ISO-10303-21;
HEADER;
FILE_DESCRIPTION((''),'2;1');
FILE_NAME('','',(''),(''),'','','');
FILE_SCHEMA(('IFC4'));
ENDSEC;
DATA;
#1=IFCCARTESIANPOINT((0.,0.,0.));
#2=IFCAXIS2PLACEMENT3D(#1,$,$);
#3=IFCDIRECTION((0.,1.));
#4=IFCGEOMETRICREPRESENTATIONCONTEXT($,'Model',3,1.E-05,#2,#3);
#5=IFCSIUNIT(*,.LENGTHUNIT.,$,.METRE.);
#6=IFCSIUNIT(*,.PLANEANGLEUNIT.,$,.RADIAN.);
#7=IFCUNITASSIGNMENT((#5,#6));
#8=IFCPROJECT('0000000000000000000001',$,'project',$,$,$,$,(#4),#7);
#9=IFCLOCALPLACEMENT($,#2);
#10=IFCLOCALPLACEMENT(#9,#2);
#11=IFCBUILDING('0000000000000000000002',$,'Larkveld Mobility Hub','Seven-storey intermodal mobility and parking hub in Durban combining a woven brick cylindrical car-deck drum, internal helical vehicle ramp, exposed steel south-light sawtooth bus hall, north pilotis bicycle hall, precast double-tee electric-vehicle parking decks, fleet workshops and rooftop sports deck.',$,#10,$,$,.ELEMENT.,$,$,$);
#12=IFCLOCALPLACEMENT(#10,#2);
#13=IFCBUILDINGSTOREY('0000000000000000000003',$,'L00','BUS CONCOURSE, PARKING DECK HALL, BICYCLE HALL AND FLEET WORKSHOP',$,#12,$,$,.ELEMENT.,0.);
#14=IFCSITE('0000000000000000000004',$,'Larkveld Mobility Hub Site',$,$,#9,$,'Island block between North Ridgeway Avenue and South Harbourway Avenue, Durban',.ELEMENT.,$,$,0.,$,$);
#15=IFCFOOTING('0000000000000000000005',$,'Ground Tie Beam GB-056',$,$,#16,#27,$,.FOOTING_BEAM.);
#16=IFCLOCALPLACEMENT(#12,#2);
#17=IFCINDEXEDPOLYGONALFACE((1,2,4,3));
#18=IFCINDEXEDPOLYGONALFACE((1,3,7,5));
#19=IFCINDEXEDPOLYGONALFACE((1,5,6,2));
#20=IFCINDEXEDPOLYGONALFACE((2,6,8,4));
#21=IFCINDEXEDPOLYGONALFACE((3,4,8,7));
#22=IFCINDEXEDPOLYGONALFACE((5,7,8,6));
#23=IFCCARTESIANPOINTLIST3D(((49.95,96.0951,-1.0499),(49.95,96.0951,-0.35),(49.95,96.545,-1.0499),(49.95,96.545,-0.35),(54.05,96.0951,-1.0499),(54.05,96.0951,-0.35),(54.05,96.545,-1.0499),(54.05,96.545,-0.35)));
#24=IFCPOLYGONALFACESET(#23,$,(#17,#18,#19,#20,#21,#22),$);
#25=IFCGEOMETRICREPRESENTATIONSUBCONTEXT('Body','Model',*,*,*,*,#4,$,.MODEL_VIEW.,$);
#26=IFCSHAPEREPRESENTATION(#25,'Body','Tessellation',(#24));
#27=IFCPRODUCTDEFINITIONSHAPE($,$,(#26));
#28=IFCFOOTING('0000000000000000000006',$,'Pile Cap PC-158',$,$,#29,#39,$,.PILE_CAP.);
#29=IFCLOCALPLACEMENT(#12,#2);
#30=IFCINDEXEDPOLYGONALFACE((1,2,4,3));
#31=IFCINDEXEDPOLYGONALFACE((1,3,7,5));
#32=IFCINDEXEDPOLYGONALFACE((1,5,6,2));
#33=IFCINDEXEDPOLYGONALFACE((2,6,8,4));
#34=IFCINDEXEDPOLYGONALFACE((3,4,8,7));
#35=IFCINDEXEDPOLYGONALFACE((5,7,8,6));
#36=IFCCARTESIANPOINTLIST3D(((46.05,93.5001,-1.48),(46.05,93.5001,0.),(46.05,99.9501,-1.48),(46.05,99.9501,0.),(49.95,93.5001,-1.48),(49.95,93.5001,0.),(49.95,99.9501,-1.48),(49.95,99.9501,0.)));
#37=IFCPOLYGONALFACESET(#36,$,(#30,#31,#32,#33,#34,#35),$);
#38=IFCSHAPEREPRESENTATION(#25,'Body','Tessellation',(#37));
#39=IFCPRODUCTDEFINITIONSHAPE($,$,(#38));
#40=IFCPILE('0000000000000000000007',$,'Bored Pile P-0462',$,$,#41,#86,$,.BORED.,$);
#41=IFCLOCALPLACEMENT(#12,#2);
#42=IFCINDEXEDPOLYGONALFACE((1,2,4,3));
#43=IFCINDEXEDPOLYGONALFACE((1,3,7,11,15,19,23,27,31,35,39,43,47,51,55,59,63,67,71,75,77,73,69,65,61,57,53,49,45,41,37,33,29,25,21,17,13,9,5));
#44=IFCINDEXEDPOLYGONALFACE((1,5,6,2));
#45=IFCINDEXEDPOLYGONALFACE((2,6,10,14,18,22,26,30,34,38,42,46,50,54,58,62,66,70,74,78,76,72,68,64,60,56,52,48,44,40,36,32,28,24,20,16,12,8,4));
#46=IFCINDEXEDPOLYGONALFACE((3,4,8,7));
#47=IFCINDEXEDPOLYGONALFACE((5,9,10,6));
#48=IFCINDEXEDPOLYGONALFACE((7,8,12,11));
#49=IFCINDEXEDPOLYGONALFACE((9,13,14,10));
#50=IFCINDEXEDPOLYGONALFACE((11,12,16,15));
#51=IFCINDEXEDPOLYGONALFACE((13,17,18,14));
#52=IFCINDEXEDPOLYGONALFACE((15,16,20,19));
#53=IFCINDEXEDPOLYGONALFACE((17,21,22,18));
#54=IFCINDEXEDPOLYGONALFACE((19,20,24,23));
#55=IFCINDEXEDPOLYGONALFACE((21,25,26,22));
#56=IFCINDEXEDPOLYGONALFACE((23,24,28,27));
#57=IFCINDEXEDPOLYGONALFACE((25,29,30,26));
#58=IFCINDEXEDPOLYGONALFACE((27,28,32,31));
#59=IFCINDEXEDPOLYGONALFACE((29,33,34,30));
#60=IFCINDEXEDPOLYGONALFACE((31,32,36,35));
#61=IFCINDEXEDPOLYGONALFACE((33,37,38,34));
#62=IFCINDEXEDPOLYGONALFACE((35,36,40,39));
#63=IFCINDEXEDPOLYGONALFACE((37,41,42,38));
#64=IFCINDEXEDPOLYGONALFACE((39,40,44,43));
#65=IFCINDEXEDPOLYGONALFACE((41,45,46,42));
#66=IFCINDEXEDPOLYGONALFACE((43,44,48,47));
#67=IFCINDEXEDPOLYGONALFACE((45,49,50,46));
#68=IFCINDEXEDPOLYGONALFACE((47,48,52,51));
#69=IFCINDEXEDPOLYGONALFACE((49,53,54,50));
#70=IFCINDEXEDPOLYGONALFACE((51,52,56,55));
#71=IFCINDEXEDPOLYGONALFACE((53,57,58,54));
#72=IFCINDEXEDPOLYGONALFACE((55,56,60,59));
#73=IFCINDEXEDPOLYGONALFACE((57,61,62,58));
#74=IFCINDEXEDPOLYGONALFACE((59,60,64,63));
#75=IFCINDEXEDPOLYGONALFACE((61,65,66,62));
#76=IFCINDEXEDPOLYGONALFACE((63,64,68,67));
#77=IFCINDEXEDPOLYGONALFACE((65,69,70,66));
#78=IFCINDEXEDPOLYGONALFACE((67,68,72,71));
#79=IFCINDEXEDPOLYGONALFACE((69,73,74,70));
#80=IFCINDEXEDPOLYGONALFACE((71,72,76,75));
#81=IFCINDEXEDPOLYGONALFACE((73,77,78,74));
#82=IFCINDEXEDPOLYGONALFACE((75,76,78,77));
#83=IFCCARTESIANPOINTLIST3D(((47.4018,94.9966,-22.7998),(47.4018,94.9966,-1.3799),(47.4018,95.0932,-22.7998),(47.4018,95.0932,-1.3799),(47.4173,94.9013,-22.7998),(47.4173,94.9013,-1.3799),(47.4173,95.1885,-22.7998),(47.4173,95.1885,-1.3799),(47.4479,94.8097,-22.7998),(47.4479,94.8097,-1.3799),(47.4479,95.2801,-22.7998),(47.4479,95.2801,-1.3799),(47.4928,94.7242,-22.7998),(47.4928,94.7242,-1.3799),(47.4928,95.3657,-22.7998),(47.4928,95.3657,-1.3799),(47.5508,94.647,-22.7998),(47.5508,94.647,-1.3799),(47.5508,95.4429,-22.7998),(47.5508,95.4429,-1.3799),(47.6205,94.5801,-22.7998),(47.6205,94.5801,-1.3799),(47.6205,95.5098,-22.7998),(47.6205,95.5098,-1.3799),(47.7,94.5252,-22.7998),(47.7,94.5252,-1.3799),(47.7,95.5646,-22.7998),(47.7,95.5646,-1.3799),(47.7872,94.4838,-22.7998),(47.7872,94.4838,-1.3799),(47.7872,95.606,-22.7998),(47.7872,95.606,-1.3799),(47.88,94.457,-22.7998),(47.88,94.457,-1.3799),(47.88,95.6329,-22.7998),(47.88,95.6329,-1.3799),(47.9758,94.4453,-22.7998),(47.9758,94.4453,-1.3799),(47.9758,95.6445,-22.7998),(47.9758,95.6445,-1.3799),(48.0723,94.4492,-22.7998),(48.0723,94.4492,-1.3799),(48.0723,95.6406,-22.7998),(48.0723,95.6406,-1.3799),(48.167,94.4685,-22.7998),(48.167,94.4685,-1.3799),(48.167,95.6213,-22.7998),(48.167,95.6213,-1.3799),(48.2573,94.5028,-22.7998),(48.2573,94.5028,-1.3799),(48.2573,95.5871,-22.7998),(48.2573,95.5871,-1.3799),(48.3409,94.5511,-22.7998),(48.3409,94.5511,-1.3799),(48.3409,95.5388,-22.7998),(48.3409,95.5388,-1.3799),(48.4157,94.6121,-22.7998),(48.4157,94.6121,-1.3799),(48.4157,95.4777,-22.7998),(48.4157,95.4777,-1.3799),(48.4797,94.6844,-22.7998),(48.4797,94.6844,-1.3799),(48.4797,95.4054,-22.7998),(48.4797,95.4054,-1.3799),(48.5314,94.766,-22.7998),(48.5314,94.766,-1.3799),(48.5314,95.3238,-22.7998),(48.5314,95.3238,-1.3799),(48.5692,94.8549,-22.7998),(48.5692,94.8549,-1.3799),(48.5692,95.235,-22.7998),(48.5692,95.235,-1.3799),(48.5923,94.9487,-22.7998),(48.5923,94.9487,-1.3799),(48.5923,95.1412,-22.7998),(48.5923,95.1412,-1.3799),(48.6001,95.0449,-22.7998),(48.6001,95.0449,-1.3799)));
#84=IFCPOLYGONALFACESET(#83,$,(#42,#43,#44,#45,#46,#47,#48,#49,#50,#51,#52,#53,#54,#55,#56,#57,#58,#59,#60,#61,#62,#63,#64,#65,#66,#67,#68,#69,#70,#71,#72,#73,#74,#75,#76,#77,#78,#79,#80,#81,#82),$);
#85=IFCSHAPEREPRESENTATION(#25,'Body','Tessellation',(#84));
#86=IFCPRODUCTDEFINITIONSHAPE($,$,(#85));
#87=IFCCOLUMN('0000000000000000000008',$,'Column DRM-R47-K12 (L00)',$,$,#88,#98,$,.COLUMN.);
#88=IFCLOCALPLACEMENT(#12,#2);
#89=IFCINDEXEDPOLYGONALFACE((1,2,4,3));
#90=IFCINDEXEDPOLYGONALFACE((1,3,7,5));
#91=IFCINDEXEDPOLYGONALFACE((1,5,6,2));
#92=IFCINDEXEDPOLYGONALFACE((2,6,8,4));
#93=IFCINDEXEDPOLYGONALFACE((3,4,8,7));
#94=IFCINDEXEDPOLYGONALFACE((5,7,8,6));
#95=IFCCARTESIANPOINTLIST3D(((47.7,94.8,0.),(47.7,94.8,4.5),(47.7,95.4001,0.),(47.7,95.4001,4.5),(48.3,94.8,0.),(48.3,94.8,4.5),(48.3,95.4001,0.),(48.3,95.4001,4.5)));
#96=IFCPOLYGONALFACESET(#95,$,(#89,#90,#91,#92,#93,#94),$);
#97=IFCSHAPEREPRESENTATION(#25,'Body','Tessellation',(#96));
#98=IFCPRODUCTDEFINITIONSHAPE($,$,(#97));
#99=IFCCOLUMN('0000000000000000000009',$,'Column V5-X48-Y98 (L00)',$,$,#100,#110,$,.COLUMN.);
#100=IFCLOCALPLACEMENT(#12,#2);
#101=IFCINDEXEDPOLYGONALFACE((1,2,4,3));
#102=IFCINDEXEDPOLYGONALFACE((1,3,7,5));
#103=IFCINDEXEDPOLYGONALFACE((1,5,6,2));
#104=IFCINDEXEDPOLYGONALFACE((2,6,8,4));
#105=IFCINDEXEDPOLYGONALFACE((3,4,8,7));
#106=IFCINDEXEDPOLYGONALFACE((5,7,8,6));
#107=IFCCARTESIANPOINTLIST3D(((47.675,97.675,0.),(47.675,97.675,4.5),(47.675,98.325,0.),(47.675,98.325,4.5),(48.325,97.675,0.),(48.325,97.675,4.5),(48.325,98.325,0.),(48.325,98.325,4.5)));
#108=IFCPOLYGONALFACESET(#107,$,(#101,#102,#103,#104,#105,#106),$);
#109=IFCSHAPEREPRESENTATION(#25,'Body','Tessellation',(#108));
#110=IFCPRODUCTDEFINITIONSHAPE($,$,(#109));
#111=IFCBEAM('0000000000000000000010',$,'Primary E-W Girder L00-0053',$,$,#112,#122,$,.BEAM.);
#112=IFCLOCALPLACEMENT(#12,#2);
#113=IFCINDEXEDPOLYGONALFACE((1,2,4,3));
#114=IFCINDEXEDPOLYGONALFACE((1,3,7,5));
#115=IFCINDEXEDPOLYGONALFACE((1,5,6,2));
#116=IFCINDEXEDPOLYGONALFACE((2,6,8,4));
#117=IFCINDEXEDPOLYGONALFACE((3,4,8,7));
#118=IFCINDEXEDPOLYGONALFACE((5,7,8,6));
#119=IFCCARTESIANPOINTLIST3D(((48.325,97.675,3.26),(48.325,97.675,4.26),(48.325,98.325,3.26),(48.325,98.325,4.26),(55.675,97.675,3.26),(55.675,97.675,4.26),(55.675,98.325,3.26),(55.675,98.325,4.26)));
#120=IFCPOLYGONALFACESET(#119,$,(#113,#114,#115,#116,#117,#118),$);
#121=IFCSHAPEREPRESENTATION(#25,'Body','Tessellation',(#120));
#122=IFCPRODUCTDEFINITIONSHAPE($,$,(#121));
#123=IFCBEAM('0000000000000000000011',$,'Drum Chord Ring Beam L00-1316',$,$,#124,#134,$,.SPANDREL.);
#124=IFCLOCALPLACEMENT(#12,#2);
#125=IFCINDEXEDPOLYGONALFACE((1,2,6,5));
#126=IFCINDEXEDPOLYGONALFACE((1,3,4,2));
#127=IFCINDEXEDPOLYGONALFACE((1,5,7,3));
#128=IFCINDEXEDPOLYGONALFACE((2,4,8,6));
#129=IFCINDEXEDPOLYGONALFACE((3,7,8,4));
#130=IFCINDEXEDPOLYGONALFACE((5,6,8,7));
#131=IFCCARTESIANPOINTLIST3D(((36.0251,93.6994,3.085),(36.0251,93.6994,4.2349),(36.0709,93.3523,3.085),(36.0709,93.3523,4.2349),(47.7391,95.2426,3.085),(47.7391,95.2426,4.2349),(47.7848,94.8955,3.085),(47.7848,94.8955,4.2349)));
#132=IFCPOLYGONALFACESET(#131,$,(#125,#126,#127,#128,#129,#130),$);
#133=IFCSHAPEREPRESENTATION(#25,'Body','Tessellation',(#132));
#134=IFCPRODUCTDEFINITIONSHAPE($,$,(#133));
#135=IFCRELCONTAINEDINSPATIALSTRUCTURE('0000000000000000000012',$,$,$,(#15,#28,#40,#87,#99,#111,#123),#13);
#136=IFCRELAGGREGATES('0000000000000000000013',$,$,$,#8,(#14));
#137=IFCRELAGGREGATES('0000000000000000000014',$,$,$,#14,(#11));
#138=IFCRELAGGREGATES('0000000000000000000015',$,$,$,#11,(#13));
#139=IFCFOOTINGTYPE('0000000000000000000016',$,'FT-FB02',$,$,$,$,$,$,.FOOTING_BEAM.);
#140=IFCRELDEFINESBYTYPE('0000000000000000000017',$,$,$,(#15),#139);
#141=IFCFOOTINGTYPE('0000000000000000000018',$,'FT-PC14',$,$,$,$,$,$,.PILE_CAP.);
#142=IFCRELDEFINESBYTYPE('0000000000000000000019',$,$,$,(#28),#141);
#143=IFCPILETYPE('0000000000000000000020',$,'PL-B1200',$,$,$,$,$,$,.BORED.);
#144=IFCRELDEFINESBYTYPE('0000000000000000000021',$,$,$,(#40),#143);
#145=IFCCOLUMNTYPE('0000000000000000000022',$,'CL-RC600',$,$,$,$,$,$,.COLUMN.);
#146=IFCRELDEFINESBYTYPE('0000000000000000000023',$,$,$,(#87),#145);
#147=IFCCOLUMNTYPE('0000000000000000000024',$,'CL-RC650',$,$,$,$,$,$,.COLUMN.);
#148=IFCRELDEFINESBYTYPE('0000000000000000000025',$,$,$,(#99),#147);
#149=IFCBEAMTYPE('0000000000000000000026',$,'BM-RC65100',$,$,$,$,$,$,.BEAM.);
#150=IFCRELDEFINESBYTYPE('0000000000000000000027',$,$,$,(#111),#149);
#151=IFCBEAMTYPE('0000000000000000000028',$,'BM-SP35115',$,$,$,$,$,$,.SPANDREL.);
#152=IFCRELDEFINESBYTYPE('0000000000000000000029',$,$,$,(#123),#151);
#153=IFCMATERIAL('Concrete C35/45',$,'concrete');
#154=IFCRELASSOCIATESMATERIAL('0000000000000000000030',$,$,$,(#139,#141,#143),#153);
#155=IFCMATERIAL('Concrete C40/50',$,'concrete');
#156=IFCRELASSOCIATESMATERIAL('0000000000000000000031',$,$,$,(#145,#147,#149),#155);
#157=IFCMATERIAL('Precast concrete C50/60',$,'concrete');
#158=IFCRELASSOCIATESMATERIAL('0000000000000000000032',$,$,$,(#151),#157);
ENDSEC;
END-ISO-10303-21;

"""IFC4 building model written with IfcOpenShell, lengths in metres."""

from ifc_helpers import new_model, si_unit, direction, frame, origin, origin_2d, place, context, subcontext, project, spatial, rectangle, circle, extrude, material, material_profile, profile_set, type_object, element, save


model = new_model("IFC4")

# Units and contexts
model_context = context("Model", 3, precision=1e-05, world=origin(), true_north=direction((0.0, 1.0)))
body_context = subcontext(model_context, "Body", "Model", "MODEL_VIEW")
ifc_project = project(units=[si_unit("LENGTHUNIT", "METRE"), si_unit("PLANEANGLEUNIT", "RADIAN")], contexts=[model_context])

# Site, building, storey
site_placement = place(None, origin())
site = spatial("IfcSite", under=ifc_project, at=site_placement, Name="Larkveld Mobility Hub Site", LongName="Island block between North Ridgeway Avenue and South Harbourway Avenue, Durban", CompositionType="ELEMENT", RefElevation=0.0)
building_placement = place(site_placement, origin())
building = spatial("IfcBuilding", under=site, at=building_placement, Name="Larkveld Mobility Hub", Description="Seven-storey intermodal mobility and parking hub in Durban combining a woven brick cylindrical car-deck drum, internal helical vehicle ramp, exposed steel south-light sawtooth bus hall, north pilotis bicycle hall, precast double-tee electric-vehicle parking decks, fleet workshops and rooftop sports deck.", CompositionType="ELEMENT")
storey_placement = place(building_placement, origin())
storey = spatial("IfcBuildingStorey", under=building, at=storey_placement, Name="L00", Description="BUS CONCOURSE, PARKING DECK HALL, BICYCLE HALL AND FLEET WORKSHOP", CompositionType="ELEMENT", Elevation=0.0)

# Footings
ifc_material_1 = material(Name="Concrete C35/45", Category="concrete")
ifc_material_profile_1 = material_profile(ifc_material_1, rectangle(XDim=0.45, YDim=0.7, at=origin_2d()), Name="RC BM 450x700")
ifc_profile_set_1 = profile_set([ifc_material_profile_1], Name="Concrete C35/45")
footing_type_1 = type_object("IfcFootingType", Name="FT-FB02", PredefinedType="FOOTING_BEAM", material=ifc_profile_set_1)
footing_1_placement = place(storey_placement, frame((49.95, 96.3201, -0.7), z_axis=(1.0, 0.0, 0.0), x_axis=(0.0, 1.0, 0.0)))
element("IfcFooting", 1, at=footing_1_placement, inside=storey, type_object=footing_type_1, Name="Ground Tie Beam GB-056", PredefinedType="FOOTING_BEAM", context=body_context, shape_type="SweptSolid", body=[
    extrude(rectangle(XDim=0.45, YDim=0.7, at=origin_2d()), origin(), (0.0, 0.0, 1.0), 4.1001),
])
footing_type_2 = type_object("IfcFootingType", Name="FT-PC14", PredefinedType="PILE_CAP", material=ifc_material_1)
footing_2_placement = place(storey_placement, frame((48.0, 96.7251, -1.48), z_axis=(0.0, 0.0, 1.0), x_axis=(1.0, 0.0, 0.0)))
element("IfcFooting", 2, at=footing_2_placement, inside=storey, type_object=footing_type_2, Name="Pile Cap PC-158", PredefinedType="PILE_CAP", context=body_context, shape_type="SweptSolid", body=[
    extrude(rectangle(XDim=3.8999, YDim=6.45, at=origin_2d()), origin(), (0.0, 0.0, 1.0), 1.48),
])

# Pile
ifc_material_profile_2 = material_profile(ifc_material_1, circle(Radius=0.6001, at=origin_2d()), Name="PILE D1200")
ifc_profile_set_2 = profile_set([ifc_material_profile_2], Name="Concrete C35/45")
pile_type = type_object("IfcPileType", Name="PL-B1200", PredefinedType="BORED", material=ifc_profile_set_2)
pile_placement = place(storey_placement, frame((48.0, 95.0449, -1.3799), z_axis=(0.0, 0.0, -1.0), x_axis=(1.0, 0.0, 0.0)))
element("IfcPile", 3, at=pile_placement, inside=storey, type_object=pile_type, Name="Bored Pile P-0462", PredefinedType="BORED", context=body_context, shape_type="SweptSolid", body=[
    extrude(circle(Radius=0.6001, at=origin_2d()), origin(), (0.0, 0.0, 1.0), 21.4199),
])

# Columns
ifc_material_2 = material(Name="Concrete C40/50", Category="concrete")
ifc_material_profile_3 = material_profile(ifc_material_2, rectangle(XDim=0.6001, YDim=0.6001, at=origin_2d()), Name="RC COL 600x600")
ifc_profile_set_3 = profile_set([ifc_material_profile_3], Name="Concrete C40/50")
column_type_1 = type_object("IfcColumnType", Name="CL-RC600", PredefinedType="COLUMN", material=ifc_profile_set_3)
column_1_placement = place(storey_placement, frame((48.0, 95.1001, 0.0), z_axis=(0.0, 0.0, 1.0), x_axis=(0.0, 1.0, 0.0)))
element("IfcColumn", 4, at=column_1_placement, inside=storey, type_object=column_type_1, Name="Column DRM-R47-K12 (L00)", PredefinedType="COLUMN", context=body_context, shape_type="SweptSolid", body=[
    extrude(rectangle(XDim=0.6001, YDim=0.6001, at=origin_2d()), origin(), (0.0, 0.0, 1.0), 4.5),
])
ifc_material_profile_4 = material_profile(ifc_material_2, rectangle(XDim=0.6499, YDim=0.6499, at=origin_2d()), Name="RC COL 650x650")
ifc_profile_set_4 = profile_set([ifc_material_profile_4], Name="Concrete C40/50")
column_type_2 = type_object("IfcColumnType", Name="CL-RC650", PredefinedType="COLUMN", material=ifc_profile_set_4)
column_2_placement = place(storey_placement, frame((48.0, 98.0, 0.0), z_axis=(0.0, 0.0, 1.0), x_axis=(1.0, 0.0, 0.0)))
element("IfcColumn", 5, at=column_2_placement, inside=storey, type_object=column_type_2, Name="Column V5-X48-Y98 (L00)", PredefinedType="COLUMN", context=body_context, shape_type="SweptSolid", body=[
    extrude(rectangle(XDim=0.6499, YDim=0.6499, at=origin_2d()), origin(), (0.0, 0.0, 1.0), 4.5),
])

# Beams
ifc_material_profile_5 = material_profile(ifc_material_2, rectangle(XDim=0.6499, YDim=1.0, at=origin_2d()), Name="RC BM 650x1000")
ifc_profile_set_5 = profile_set([ifc_material_profile_5], Name="Concrete C40/50")
beam_type_1 = type_object("IfcBeamType", Name="BM-RC65100", PredefinedType="BEAM", material=ifc_profile_set_5)
beam_1_placement = place(storey_placement, frame((48.325, 98.0, 3.76), z_axis=(1.0, 0.0, 0.0), x_axis=(0.0, 1.0, 0.0)))
element("IfcBeam", 6, at=beam_1_placement, inside=storey, type_object=beam_type_1, Name="Primary E-W Girder L00-0053", PredefinedType="BEAM", context=body_context, shape_type="SweptSolid", body=[
    extrude(rectangle(XDim=0.6499, YDim=1.0, at=origin_2d()), origin(), (0.0, 0.0, 1.0), 7.3501),
])
ifc_material_3 = material(Name="Precast concrete C50/60", Category="concrete")
ifc_material_profile_6 = material_profile(ifc_material_3, rectangle(XDim=0.3501, YDim=1.1499, at=origin_2d()), Name="PC SP 350x1150")
ifc_profile_set_6 = profile_set([ifc_material_profile_6], Name="Precast concrete C50/60")
beam_type_2 = type_object("IfcBeamType", Name="BM-SP35115", PredefinedType="SPANDREL", material=ifc_profile_set_6)
beam_2_placement = place(storey_placement, frame((47.762, 95.0691, 3.6599), z_axis=(-0.991433, -0.130614, 0.0), x_axis=(0.130614, -0.991433, 0.0)))
element("IfcBeam", 7, at=beam_2_placement, inside=storey, type_object=beam_type_2, Name="Drum Chord Ring Beam L00-1316", PredefinedType="SPANDREL", context=body_context, shape_type="SweptSolid", body=[
    extrude(rectangle(XDim=0.3501, YDim=1.1499, at=origin_2d()), origin(), (0.0, 0.0, 1.0), 11.8152),
])

save(model, "model.ifc")
